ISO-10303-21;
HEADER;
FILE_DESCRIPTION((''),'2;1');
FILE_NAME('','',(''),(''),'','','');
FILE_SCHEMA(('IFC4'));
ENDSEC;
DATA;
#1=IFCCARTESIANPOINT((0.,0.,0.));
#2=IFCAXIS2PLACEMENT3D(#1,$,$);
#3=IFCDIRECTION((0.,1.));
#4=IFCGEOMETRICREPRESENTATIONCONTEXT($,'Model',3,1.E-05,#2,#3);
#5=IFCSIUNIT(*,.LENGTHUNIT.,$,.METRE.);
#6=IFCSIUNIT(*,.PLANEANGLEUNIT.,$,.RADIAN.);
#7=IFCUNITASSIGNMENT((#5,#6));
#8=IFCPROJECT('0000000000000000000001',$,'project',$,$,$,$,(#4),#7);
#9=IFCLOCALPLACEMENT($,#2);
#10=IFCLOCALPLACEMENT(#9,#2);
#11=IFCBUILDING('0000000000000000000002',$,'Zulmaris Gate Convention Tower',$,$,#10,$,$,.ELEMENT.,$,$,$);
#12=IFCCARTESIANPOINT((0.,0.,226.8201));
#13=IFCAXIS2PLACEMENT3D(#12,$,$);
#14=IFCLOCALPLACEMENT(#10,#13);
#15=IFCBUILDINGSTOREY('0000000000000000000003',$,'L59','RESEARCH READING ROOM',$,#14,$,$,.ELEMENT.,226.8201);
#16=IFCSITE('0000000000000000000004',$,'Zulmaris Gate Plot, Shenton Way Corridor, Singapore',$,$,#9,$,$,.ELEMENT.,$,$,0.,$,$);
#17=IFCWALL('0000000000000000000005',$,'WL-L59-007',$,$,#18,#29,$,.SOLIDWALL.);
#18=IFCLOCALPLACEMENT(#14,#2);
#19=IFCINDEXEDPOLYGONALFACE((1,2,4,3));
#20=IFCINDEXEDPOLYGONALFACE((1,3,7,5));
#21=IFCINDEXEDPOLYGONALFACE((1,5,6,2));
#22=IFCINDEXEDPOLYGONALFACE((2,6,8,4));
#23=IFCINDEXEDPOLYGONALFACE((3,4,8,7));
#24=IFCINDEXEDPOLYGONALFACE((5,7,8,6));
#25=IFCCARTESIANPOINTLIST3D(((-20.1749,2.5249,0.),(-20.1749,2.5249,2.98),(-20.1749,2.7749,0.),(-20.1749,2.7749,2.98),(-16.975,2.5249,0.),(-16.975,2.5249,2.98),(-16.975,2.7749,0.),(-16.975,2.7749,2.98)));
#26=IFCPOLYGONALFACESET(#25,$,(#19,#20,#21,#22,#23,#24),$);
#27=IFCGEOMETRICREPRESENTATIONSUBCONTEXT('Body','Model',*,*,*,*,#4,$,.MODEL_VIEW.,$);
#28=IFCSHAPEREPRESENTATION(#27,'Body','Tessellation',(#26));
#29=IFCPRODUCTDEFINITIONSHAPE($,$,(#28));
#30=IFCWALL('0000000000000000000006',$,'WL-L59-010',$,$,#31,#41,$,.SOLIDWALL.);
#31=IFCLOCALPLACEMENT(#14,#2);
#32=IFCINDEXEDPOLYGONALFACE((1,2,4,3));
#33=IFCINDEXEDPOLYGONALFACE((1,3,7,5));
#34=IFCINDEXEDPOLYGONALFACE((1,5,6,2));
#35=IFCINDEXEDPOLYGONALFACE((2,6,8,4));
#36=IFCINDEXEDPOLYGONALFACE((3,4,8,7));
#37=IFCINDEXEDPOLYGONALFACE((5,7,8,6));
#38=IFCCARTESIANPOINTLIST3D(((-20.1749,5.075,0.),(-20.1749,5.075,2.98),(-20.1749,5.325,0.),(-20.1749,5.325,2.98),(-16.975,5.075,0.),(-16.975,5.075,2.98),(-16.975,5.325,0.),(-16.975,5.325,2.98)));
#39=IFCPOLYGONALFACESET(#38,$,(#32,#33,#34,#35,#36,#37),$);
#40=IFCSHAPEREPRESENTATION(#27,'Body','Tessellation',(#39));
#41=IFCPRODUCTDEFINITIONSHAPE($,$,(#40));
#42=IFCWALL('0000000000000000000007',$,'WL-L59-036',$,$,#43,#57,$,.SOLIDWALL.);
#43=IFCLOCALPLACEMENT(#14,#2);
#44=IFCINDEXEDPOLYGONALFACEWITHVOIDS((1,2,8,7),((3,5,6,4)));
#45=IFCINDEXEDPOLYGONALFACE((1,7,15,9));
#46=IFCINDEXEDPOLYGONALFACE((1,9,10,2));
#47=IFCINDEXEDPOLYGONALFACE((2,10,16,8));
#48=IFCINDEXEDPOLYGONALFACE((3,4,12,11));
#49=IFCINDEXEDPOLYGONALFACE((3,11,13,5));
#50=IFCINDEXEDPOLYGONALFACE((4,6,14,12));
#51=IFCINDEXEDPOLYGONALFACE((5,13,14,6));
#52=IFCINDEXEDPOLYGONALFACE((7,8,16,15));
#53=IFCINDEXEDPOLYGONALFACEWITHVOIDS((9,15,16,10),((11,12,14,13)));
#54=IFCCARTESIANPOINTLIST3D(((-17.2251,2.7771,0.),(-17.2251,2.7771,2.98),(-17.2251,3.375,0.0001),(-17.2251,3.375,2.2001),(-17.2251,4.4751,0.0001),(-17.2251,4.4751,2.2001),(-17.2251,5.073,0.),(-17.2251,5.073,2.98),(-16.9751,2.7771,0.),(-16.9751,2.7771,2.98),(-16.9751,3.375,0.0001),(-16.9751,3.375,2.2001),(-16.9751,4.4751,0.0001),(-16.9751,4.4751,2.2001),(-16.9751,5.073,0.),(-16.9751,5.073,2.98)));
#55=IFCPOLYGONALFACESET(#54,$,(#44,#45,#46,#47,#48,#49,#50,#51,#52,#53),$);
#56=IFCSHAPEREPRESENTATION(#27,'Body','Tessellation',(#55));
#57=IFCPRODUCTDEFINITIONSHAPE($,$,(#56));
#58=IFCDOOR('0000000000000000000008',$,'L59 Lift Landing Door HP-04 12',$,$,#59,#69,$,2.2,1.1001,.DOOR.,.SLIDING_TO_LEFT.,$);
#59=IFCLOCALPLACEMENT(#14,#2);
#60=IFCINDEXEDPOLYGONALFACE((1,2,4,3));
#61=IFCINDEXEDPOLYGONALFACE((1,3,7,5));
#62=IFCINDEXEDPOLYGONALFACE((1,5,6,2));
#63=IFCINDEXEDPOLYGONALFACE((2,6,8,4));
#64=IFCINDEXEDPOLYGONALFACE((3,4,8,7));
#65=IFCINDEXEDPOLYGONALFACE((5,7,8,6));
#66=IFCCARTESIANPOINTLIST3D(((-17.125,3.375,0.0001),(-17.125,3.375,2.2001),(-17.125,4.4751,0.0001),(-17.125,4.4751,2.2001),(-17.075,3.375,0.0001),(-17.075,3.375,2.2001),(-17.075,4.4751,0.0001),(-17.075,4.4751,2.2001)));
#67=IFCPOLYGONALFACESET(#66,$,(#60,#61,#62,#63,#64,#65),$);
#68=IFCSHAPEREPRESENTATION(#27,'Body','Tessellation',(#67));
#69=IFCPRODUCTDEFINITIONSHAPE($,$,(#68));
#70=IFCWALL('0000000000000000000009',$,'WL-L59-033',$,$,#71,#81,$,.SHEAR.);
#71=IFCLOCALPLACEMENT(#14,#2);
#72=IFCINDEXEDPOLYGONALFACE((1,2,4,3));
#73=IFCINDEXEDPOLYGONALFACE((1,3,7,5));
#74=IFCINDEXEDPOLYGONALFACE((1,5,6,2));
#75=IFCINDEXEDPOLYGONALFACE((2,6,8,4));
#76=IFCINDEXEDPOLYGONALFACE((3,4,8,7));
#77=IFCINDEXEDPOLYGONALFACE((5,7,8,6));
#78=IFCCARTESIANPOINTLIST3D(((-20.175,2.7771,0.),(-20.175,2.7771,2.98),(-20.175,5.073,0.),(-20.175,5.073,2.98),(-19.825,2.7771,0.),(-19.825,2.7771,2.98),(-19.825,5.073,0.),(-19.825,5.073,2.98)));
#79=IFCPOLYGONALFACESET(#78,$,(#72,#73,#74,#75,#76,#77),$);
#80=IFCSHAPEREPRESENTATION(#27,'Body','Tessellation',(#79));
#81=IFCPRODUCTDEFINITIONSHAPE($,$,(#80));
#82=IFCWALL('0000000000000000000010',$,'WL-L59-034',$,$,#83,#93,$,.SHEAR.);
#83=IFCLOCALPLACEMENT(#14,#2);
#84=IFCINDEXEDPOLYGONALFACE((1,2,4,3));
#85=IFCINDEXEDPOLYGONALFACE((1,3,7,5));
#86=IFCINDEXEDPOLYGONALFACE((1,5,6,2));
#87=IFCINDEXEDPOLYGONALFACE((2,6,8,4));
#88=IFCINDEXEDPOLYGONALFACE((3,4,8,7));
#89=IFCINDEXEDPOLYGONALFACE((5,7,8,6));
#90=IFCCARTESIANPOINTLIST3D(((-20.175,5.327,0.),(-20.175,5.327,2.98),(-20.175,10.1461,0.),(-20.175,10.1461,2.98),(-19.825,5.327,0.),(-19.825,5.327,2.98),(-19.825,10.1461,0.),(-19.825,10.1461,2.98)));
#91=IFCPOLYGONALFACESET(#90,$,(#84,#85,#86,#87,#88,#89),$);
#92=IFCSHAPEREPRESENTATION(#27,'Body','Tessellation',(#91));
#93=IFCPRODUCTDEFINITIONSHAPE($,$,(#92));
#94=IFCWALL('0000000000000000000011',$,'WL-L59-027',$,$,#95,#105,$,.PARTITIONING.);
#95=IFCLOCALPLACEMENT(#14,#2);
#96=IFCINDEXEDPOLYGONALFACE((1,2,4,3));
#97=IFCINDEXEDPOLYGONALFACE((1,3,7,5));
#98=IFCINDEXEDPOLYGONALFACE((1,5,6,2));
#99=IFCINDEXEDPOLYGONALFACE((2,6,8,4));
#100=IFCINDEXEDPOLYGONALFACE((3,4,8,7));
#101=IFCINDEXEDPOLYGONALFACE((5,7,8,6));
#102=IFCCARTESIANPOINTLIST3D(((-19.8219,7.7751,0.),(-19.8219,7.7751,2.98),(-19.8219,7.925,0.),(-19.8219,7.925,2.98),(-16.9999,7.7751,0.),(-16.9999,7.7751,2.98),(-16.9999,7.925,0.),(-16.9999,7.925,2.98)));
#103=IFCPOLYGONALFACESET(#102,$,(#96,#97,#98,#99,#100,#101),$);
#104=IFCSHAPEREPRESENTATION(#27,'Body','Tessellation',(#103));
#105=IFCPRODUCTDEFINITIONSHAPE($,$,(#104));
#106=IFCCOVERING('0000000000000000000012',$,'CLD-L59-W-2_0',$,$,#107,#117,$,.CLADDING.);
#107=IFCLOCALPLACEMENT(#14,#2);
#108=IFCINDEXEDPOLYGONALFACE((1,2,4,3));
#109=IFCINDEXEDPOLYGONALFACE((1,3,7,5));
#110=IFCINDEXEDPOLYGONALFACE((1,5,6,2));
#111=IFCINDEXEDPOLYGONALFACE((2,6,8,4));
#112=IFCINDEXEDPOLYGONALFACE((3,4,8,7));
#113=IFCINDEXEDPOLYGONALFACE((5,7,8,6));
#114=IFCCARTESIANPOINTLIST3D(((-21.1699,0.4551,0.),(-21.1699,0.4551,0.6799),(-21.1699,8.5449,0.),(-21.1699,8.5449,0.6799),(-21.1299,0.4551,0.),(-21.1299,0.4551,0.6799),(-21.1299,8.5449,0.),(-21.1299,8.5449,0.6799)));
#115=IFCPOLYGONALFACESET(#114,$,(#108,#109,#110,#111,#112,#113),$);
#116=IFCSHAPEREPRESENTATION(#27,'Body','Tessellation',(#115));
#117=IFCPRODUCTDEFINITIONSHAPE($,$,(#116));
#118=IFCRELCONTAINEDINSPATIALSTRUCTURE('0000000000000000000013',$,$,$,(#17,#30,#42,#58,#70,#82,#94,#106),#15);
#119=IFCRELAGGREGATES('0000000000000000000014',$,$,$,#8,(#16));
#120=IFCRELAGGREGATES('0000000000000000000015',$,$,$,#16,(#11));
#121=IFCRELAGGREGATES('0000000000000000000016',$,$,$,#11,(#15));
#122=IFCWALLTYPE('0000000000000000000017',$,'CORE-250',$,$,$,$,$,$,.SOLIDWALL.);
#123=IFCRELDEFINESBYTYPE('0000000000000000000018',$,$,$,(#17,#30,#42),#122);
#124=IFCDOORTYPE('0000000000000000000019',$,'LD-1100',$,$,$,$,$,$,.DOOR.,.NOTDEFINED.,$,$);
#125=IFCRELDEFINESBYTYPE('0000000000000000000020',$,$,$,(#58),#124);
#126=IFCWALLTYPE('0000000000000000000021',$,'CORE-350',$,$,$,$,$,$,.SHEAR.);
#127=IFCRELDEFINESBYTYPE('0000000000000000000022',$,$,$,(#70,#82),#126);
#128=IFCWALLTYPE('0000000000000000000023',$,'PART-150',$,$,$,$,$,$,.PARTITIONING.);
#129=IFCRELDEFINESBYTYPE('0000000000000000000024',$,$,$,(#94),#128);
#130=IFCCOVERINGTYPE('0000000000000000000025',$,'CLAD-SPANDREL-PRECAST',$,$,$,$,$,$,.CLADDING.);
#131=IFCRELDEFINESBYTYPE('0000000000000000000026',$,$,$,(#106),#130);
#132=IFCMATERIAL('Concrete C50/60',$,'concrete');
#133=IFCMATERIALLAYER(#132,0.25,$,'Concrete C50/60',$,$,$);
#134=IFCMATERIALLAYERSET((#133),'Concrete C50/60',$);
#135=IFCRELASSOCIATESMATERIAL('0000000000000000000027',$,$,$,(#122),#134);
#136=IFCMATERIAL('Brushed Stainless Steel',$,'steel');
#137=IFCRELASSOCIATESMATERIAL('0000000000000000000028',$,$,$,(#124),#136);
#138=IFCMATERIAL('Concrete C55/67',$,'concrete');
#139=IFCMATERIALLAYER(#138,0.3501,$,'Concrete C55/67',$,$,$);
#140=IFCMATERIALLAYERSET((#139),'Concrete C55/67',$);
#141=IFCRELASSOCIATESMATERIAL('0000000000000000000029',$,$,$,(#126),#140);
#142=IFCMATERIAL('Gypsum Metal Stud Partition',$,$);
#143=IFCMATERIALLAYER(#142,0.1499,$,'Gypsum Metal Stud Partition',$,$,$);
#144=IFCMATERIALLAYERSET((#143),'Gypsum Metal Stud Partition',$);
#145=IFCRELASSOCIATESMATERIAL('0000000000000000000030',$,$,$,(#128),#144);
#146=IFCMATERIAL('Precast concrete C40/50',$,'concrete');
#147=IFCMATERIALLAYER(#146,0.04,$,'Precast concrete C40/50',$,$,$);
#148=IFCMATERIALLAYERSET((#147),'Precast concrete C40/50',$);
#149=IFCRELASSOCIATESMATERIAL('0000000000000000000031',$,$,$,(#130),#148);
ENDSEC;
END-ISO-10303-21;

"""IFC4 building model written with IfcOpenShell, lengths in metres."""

from ifc_helpers import new_model, si_unit, direction, frame, frame_2d, origin, place, context, subcontext, project, spatial, rectangle, extrude, material, layer, layer_set, type_object, element, fill, save


model = new_model("IFC4")

# Units and contexts
model_context = context("Model", 3, precision=1e-05, world=origin(), true_north=direction((0.0, 1.0)))
body_context = subcontext(model_context, "Body", "Model", "MODEL_VIEW")
ifc_project = project(units=[si_unit("LENGTHUNIT", "METRE"), si_unit("PLANEANGLEUNIT", "RADIAN")], contexts=[model_context])

# Site, building, storey
site_placement = place(None, origin())
site = spatial("IfcSite", under=ifc_project, at=site_placement, Name="Zulmaris Gate Plot, Shenton Way Corridor, Singapore", CompositionType="ELEMENT", RefElevation=0.0)
building_placement = place(site_placement, origin())
building = spatial("IfcBuilding", under=site, at=building_placement, Name="Zulmaris Gate Convention Tower", CompositionType="ELEMENT")
storey_placement = place(building_placement, frame((0.0, 0.0, 226.8201)))
storey = spatial("IfcBuildingStorey", under=building, at=storey_placement, Name="L59", Description="RESEARCH READING ROOM", CompositionType="ELEMENT", Elevation=226.8201)

# Shared definitions
ifc_material_1 = material(Name="Concrete C50/60", Category="concrete")

# Walls
ifc_layer_1 = layer(ifc_material_1, 0.25, Name="Concrete C50/60")
ifc_layer_set_1 = layer_set([ifc_layer_1], Name="Concrete C50/60")
wall_type_1 = type_object("IfcWallType", Name="CORE-250", PredefinedType="SOLIDWALL", material=ifc_layer_set_1)
for number, where, z_axis, x_axis, name in (
    (1, (-20.175, 2.6499, 0.0), (0.0, 0.0, 1.0), (1.0, 0.0, 0.0), "WL-L59-007"),
    (2, (-20.175, 5.2, 0.0), (0.0, 0.0, 1.0), (1.0, 0.0, 0.0), "WL-L59-010"),
):
    element("IfcWall", number, at=place(storey_placement, frame(where, z_axis=z_axis, x_axis=x_axis)), inside=storey, type_object=wall_type_1, Name=name, PredefinedType="SOLIDWALL", context=body_context, shape_type="SweptSolid", body=[
        extrude(rectangle(XDim=3.2, YDim=0.25, at=frame_2d((1.6001, 0.0))), origin(), (0.0, 0.0, 1.0), 2.98),
    ])

# Wall, opening, door
wall_1_placement = place(storey_placement, frame((-17.1001, 2.7771, 0.0), z_axis=(0.0, 0.0, 1.0), x_axis=(0.0, 1.0, 0.0)))
wall_1 = element("IfcWall", 3, at=wall_1_placement, inside=storey, type_object=wall_type_1, Name="WL-L59-036", PredefinedType="SOLIDWALL", context=body_context, shape_type="SweptSolid", body=[
    extrude(rectangle(XDim=2.2959, YDim=0.25, at=frame_2d((1.1479, 0.0))), origin(), (0.0, 0.0, 1.0), 2.98),
])
opening_1_placement = place(wall_1_placement, frame((0.5979, 0.0, 0.0)))
opening_1 = element("IfcOpeningElement", 4, at=opening_1_placement, cuts=wall_1, PredefinedType="OPENING", context=body_context, shape_type="SweptSolid", body=[
    extrude(rectangle(XDim=1.1001, YDim=2.2, at=frame_2d((0.55, 1.1001))), frame((0.0, 0.135, 0.0), z_axis=(0.0, -1.0, 0.0), x_axis=(1.0, 0.0, 0.0)), (0.0, 0.0, 1.0), 0.27),
])
ifc_material_2 = material(Name="Brushed Stainless Steel", Category="steel")
door_type_1 = type_object("IfcDoorType", Name="LD-1100", OperationType="NOTDEFINED", PredefinedType="DOOR", material=ifc_material_2)
door_1_placement = place(opening_1_placement, origin())
door_1 = element("IfcDoor", 5, at=door_1_placement, inside=storey, type_object=door_type_1, Name="L59 Lift Landing Door HP-04 12", OperationType="SLIDING_TO_LEFT", OverallHeight=2.2, OverallWidth=1.1001, PredefinedType="DOOR", context=body_context, shape_type="SweptSolid", body=[
    extrude(rectangle(XDim=1.1001, YDim=2.2, at=frame_2d((0.55, 1.1001))), frame((0.0, 0.0249, 0.0), z_axis=(0.0, -1.0, 0.0), x_axis=(1.0, 0.0, 0.0)), (0.0, 0.0, 1.0), 0.05),
])
fill(opening_1, door_1)

# Walls
ifc_material_3 = material(Name="Concrete C55/67", Category="concrete")
ifc_layer_2 = layer(ifc_material_3, 0.3501, Name="Concrete C55/67")
ifc_layer_set_2 = layer_set([ifc_layer_2], Name="Concrete C55/67")
wall_type_2 = type_object("IfcWallType", Name="CORE-350", PredefinedType="SHEAR", material=ifc_layer_set_2)
wall_2_placement = place(storey_placement, frame((-20.0, 2.7771, 0.0), z_axis=(0.0, 0.0, 1.0), x_axis=(0.0, 1.0, 0.0)))
element("IfcWall", 6, at=wall_2_placement, inside=storey, type_object=wall_type_2, Name="WL-L59-033", PredefinedType="SHEAR", context=body_context, shape_type="SweptSolid", body=[
    extrude(rectangle(XDim=2.2959, YDim=0.3501, at=frame_2d((1.1479, 0.0))), origin(), (0.0, 0.0, 1.0), 2.98),
])
wall_3_placement = place(storey_placement, frame((-20.0, 5.3269, 0.0), z_axis=(0.0, 0.0, 1.0), x_axis=(0.0, 1.0, 0.0)))
element("IfcWall", 7, at=wall_3_placement, inside=storey, type_object=wall_type_2, Name="WL-L59-034", PredefinedType="SHEAR", context=body_context, shape_type="SweptSolid", body=[
    extrude(rectangle(XDim=4.8191, YDim=0.3501, at=frame_2d((2.4097, 0.0))), origin(), (0.0, 0.0, 1.0), 2.98),
])
ifc_material_4 = material(Name="Gypsum Metal Stud Partition")
ifc_layer_3 = layer(ifc_material_4, 0.1499, Name="Gypsum Metal Stud Partition")
ifc_layer_set_3 = layer_set([ifc_layer_3], Name="Gypsum Metal Stud Partition")
wall_type_3 = type_object("IfcWallType", Name="PART-150", PredefinedType="PARTITIONING", material=ifc_layer_set_3)
wall_4_placement = place(storey_placement, frame((-19.822, 7.8501, 0.0), z_axis=(0.0, 0.0, 1.0), x_axis=(1.0, 0.0, 0.0)))
element("IfcWall", 8, at=wall_4_placement, inside=storey, type_object=wall_type_3, Name="WL-L59-027", PredefinedType="PARTITIONING", context=body_context, shape_type="SweptSolid", body=[
    extrude(rectangle(XDim=2.822, YDim=0.1499, at=frame_2d((1.4111, 0.0))), origin(), (0.0, 0.0, 1.0), 2.98),
])

# Shared definitions
ifc_material_5 = material(Name="Precast concrete C40/50", Category="concrete")

# Covering
ifc_layer_4 = layer(ifc_material_5, 0.04, Name="Precast concrete C40/50")
ifc_layer_set_4 = layer_set([ifc_layer_4], Name="Precast concrete C40/50")
covering_type = type_object("IfcCoveringType", Name="CLAD-SPANDREL-PRECAST", PredefinedType="CLADDING", material=ifc_layer_set_4)
covering_placement = place(storey_placement, frame((-21.1499, 8.5449, 0.0), z_axis=(0.0, 0.0, 1.0), x_axis=(0.0, -1.0, 0.0)))
element("IfcCovering", 9, at=covering_placement, inside=storey, type_object=covering_type, Name="CLD-L59-W-2_0", PredefinedType="CLADDING", context=body_context, shape_type="SweptSolid", body=[
    extrude(rectangle(XDim=8.0898, YDim=0.04, at=frame_2d((4.0449, 0.0))), origin(), (0.0, 0.0, 1.0), 0.6799),
])

save(model, "model.ifc")
